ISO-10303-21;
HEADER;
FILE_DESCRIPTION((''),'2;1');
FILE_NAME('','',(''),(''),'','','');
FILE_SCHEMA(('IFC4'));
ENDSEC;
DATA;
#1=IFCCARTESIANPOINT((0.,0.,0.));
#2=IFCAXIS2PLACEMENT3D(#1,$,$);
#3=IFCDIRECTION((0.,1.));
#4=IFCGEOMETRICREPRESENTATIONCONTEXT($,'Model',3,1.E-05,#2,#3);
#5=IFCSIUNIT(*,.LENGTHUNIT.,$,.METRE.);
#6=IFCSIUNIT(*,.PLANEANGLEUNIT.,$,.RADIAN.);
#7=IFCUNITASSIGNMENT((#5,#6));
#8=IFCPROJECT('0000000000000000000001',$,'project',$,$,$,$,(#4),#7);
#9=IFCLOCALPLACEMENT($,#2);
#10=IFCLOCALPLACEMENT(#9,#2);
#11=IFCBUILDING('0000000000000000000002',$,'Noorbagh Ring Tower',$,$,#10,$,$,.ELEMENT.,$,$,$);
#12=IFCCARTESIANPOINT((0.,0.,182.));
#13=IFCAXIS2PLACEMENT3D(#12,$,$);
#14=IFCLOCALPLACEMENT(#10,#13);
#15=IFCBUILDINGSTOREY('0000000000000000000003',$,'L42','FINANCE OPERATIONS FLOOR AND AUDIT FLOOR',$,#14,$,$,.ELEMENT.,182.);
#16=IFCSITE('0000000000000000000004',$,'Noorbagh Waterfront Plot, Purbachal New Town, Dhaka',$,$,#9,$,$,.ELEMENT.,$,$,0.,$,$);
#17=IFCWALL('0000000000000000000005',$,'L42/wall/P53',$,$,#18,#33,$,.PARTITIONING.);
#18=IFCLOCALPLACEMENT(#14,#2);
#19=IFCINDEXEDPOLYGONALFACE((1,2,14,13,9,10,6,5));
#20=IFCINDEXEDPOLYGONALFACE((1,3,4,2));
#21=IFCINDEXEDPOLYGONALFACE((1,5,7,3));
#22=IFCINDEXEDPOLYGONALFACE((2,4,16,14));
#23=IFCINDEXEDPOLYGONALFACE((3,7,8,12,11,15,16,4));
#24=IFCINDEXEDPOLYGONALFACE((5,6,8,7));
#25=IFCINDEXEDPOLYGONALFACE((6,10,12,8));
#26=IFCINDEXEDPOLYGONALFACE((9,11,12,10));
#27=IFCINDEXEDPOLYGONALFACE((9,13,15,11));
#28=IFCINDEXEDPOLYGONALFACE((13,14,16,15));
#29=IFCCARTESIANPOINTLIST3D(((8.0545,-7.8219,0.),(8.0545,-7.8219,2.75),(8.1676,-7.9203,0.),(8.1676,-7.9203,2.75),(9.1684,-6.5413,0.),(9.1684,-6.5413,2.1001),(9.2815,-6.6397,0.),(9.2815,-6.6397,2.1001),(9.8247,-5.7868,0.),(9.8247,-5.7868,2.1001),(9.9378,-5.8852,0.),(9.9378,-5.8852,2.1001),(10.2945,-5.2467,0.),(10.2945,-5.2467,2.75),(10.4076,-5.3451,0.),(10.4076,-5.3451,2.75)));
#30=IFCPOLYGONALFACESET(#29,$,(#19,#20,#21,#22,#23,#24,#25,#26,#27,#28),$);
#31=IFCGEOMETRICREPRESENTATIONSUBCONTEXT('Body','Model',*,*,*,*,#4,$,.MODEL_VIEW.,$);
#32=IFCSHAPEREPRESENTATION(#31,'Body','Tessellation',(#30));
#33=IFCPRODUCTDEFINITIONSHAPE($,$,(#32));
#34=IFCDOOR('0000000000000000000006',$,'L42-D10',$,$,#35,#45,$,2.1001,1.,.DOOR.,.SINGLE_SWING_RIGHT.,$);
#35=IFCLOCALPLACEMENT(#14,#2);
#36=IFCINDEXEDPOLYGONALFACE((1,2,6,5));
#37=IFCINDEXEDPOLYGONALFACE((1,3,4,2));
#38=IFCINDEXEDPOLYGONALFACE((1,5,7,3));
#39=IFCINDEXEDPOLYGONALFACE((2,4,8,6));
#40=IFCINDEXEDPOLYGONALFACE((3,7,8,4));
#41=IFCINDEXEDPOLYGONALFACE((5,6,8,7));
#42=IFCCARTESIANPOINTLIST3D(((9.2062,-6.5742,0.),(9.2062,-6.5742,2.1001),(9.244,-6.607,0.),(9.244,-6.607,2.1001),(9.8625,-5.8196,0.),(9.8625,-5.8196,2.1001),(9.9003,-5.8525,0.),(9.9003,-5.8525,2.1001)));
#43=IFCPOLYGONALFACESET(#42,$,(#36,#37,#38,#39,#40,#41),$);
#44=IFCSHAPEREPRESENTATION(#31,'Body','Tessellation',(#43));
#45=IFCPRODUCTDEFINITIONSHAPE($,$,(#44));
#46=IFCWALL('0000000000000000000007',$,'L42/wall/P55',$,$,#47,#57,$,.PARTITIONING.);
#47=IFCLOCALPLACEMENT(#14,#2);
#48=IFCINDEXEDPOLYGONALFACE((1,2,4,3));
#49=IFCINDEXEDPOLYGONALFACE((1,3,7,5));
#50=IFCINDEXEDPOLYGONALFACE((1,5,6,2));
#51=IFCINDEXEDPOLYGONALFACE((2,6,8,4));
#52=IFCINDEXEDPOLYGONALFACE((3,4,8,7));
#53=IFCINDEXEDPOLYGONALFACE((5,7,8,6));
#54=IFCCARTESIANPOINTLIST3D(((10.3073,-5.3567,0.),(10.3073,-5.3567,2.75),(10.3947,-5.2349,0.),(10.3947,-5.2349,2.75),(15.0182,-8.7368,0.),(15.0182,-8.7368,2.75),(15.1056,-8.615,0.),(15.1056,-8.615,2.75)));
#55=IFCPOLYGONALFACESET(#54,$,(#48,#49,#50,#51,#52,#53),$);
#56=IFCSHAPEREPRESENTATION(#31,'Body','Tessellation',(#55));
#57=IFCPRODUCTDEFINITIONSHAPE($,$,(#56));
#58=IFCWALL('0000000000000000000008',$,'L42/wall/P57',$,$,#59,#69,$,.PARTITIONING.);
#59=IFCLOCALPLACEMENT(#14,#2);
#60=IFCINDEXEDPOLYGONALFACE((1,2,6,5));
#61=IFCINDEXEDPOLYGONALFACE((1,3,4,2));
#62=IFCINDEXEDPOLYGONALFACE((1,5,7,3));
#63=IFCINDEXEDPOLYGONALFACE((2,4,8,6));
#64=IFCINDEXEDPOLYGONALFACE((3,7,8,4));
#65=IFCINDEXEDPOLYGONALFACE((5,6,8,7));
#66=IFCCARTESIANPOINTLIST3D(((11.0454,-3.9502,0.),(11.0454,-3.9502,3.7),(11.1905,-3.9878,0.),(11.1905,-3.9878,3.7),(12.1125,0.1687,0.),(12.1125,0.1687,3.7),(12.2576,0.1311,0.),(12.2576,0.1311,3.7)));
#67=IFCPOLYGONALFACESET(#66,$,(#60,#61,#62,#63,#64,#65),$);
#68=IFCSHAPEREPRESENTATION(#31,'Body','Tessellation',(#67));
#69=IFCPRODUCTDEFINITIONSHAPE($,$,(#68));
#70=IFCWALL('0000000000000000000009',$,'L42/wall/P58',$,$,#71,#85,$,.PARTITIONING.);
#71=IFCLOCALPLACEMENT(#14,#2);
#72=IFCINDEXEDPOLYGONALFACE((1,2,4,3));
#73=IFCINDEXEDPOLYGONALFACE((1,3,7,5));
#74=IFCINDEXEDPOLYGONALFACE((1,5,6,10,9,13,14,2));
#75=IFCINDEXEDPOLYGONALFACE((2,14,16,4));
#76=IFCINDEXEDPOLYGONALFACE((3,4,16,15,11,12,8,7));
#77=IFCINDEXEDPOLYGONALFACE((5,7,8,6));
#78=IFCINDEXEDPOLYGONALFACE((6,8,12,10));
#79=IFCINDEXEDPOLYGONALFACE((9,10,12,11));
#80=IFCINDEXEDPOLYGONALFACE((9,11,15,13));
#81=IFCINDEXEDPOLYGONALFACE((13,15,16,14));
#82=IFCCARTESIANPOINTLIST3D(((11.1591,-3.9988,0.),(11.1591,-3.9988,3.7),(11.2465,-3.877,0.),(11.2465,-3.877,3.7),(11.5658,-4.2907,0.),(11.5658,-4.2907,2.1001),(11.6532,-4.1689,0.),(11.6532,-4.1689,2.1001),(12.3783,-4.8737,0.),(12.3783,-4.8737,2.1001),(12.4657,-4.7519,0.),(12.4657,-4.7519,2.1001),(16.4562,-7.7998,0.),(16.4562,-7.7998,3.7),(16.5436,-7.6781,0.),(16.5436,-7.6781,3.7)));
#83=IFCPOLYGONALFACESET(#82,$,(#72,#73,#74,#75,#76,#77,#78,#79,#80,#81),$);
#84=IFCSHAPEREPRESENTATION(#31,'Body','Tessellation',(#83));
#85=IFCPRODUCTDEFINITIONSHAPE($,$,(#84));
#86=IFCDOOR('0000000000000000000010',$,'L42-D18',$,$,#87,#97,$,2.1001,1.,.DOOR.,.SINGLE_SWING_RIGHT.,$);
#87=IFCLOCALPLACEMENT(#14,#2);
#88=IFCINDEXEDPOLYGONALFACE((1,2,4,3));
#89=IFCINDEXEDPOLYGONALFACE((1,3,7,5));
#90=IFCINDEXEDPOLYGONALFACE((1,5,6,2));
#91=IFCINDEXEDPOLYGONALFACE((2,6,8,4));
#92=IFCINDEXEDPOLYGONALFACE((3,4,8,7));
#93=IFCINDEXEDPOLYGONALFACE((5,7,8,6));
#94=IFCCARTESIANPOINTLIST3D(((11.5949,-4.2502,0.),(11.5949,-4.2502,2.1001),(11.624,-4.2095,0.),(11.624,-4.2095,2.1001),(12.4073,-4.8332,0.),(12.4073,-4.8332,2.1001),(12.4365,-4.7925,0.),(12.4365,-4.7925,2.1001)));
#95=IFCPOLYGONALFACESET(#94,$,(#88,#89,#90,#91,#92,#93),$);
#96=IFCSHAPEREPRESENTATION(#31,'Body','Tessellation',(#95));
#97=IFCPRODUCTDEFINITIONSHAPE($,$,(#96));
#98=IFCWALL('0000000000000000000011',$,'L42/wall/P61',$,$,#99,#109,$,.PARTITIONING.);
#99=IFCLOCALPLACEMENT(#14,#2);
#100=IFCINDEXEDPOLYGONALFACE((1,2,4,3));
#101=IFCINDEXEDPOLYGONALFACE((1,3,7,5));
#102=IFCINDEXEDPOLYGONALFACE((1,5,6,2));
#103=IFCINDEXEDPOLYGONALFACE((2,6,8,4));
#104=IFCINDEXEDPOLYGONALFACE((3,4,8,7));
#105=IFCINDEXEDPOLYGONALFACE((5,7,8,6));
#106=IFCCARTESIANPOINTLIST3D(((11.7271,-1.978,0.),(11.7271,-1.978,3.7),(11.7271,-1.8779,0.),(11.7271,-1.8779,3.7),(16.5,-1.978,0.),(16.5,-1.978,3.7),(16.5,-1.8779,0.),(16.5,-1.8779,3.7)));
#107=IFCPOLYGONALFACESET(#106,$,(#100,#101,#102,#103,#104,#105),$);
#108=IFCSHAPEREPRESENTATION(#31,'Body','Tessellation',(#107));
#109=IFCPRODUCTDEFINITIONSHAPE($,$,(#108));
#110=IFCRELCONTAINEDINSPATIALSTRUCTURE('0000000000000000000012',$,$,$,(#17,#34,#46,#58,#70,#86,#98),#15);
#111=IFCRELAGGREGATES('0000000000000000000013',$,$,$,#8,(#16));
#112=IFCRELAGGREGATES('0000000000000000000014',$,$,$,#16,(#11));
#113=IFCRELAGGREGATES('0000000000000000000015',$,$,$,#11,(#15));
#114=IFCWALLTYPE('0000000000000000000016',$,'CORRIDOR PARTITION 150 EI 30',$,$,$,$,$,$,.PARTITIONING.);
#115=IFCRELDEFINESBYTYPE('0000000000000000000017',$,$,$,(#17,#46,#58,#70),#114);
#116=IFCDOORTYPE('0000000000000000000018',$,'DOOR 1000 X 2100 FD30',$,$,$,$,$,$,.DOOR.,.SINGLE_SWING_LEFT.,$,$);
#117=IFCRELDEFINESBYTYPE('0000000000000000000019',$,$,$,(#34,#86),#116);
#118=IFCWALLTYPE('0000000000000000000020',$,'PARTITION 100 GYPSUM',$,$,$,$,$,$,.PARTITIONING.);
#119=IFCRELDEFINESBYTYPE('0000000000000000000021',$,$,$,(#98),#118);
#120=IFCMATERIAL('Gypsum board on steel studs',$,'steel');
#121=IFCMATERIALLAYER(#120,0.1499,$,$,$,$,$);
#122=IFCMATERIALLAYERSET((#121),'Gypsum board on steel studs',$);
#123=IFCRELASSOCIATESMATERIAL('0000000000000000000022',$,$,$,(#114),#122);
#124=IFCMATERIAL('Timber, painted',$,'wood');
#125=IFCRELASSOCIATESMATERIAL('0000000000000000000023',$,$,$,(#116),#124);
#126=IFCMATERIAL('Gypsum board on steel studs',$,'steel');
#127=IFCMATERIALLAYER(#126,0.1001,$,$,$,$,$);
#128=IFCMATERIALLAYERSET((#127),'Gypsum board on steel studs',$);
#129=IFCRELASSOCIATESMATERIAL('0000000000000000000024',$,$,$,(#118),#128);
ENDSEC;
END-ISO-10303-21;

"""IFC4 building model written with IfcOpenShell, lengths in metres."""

from ifc_helpers import new_model, si_unit, direction, frame, frame_2d, origin, place, context, subcontext, project, spatial, rectangle, extrude, material, layer, layer_set, type_object, element, fill, save


model = new_model("IFC4")

# Units and contexts
model_context = context("Model", 3, precision=1e-05, world=origin(), true_north=direction((0.0, 1.0)))
body_context = subcontext(model_context, "Body", "Model", "MODEL_VIEW")
ifc_project = project(units=[si_unit("LENGTHUNIT", "METRE"), si_unit("PLANEANGLEUNIT", "RADIAN")], contexts=[model_context])

# Site, building, storey
site_placement = place(None, origin())
site = spatial("IfcSite", under=ifc_project, at=site_placement, Name="Noorbagh Waterfront Plot, Purbachal New Town, Dhaka", CompositionType="ELEMENT", RefElevation=0.0)
building_placement = place(site_placement, origin())
building = spatial("IfcBuilding", under=site, at=building_placement, Name="Noorbagh Ring Tower", CompositionType="ELEMENT")
storey_placement = place(building_placement, frame((0.0, 0.0, 182.0)))
storey = spatial("IfcBuildingStorey", under=building, at=storey_placement, Name="L42", Description="FINANCE OPERATIONS FLOOR AND AUDIT FLOOR", CompositionType="ELEMENT", Elevation=182.0)

# Wall, opening, door
ifc_material_1 = material(Name="Gypsum board on steel studs", Category="steel")
ifc_layer_1 = layer(ifc_material_1, 0.1499)
ifc_layer_set_1 = layer_set([ifc_layer_1], Name="Gypsum board on steel studs")
wall_type_1 = type_object("IfcWallType", Name="CORRIDOR PARTITION 150 EI 30", PredefinedType="PARTITIONING", material=ifc_layer_set_1)
wall_1_placement = place(storey_placement, frame((8.1111, -7.8711, 0.0), z_axis=(0.0, 0.0, 1.0), x_axis=(0.656294, 0.754505, 0.0)))
wall_1 = element("IfcWall", 1, at=wall_1_placement, inside=storey, type_object=wall_type_1, Name="L42/wall/P53", PredefinedType="PARTITIONING", context=body_context, shape_type="SweptSolid", body=[
    extrude(rectangle(XDim=3.4131, YDim=0.1499, at=frame_2d((1.7065, 0.0))), origin(), (0.0, 0.0, 1.0), 2.75),
])
opening_1_placement = place(wall_1_placement, frame((1.6973, 0.0, 0.0)))
opening_1 = element("IfcOpeningElement", 2, at=opening_1_placement, cuts=wall_1, PredefinedType="OPENING", context=body_context, shape_type="SweptSolid", body=[
    extrude(rectangle(XDim=1.0, YDim=2.1001, at=frame_2d((0.5, 1.05))), frame((0.0, 0.085, 0.0), z_axis=(0.0, -1.0, 0.0), x_axis=(1.0, 0.0, 0.0)), (0.0, 0.0, 1.0), 0.1699),
])
ifc_material_2 = material(Name="Timber, painted", Category="wood")
door_type = type_object("IfcDoorType", Name="DOOR 1000 X 2100 FD30", OperationType="SINGLE_SWING_LEFT", PredefinedType="DOOR", material=ifc_material_2)
door_1_placement = place(opening_1_placement, origin())
door_1 = element("IfcDoor", 3, at=door_1_placement, inside=storey, type_object=door_type, Name="L42-D10", OperationType="SINGLE_SWING_RIGHT", OverallHeight=2.1001, OverallWidth=1.0, PredefinedType="DOOR", context=body_context, shape_type="SweptSolid", body=[
    extrude(rectangle(XDim=1.0, YDim=2.1001, at=frame_2d((0.5, 1.05))), frame((0.0, 0.0249, 0.0), z_axis=(0.0, -1.0, 0.0), x_axis=(1.0, 0.0, 0.0)), (0.0, 0.0, 1.0), 0.05),
])
fill(opening_1, door_1)

# Walls
wall_2_placement = place(storey_placement, frame((10.3511, -5.2959, 0.0), z_axis=(0.0, 0.0, 1.0), x_axis=(0.812494, -0.58297, 0.0)))
element("IfcWall", 4, at=wall_2_placement, inside=storey, type_object=wall_type_1, Name="L42/wall/P55", PredefinedType="PARTITIONING", context=body_context, shape_type="SweptSolid", body=[
    extrude(rectangle(XDim=5.7981, YDim=0.1499, at=frame_2d((2.8989, 0.0))), origin(), (0.0, 0.0, 1.0), 2.75),
])
wall_3_placement = place(storey_placement, frame((11.1179, -3.969, 0.0), z_axis=(0.0, 0.0, 1.0), x_axis=(0.250803, 0.968038, 0.0)))
element("IfcWall", 5, at=wall_3_placement, inside=storey, type_object=wall_type_1, Name="L42/wall/P57", PredefinedType="PARTITIONING", context=body_context, shape_type="SweptSolid", body=[
    extrude(rectangle(XDim=4.2549, YDim=0.1499, at=frame_2d((2.1274, 0.0))), origin(), (0.0, 0.0, 1.0), 3.7),
])

# Wall, opening, door
wall_4_placement = place(storey_placement, frame((11.2029, -3.938, 0.0), z_axis=(0.0, 0.0, 1.0), x_axis=(0.812472, -0.583001, 0.0)))
wall_4 = element("IfcWall", 6, at=wall_4_placement, inside=storey, type_object=wall_type_1, Name="L42/wall/P58", PredefinedType="PARTITIONING", context=body_context, shape_type="SweptSolid", body=[
    extrude(rectangle(XDim=6.5198, YDim=0.1499, at=frame_2d((3.2598, 0.0))), origin(), (0.0, 0.0, 1.0), 3.7),
])
opening_2_placement = place(wall_4_placement, frame((0.5005, 0.0, 0.0)))
opening_2 = element("IfcOpeningElement", 7, at=opening_2_placement, cuts=wall_4, PredefinedType="OPENING", context=body_context, shape_type="SweptSolid", body=[
    extrude(rectangle(XDim=1.0, YDim=2.1001, at=frame_2d((0.5, 1.05))), frame((0.0, 0.085, 0.0), z_axis=(0.0, -1.0, 0.0), x_axis=(1.0, 0.0, 0.0)), (0.0, 0.0, 1.0), 0.1699),
])
door_2_placement = place(opening_2_placement, origin())
door_2 = element("IfcDoor", 8, at=door_2_placement, inside=storey, type_object=door_type, Name="L42-D18", OperationType="SINGLE_SWING_RIGHT", OverallHeight=2.1001, OverallWidth=1.0, PredefinedType="DOOR", context=body_context, shape_type="SweptSolid", body=[
    extrude(rectangle(XDim=1.0, YDim=2.1001, at=frame_2d((0.5, 1.05))), frame((0.0, 0.0249, 0.0), z_axis=(0.0, -1.0, 0.0), x_axis=(1.0, 0.0, 0.0)), (0.0, 0.0, 1.0), 0.05),
])
fill(opening_2, door_2)

# Wall
ifc_material_3 = material(Name="Gypsum board on steel studs", Category="steel")
ifc_layer_2 = layer(ifc_material_3, 0.1001)
ifc_layer_set_2 = layer_set([ifc_layer_2], Name="Gypsum board on steel studs")
wall_type_2 = type_object("IfcWallType", Name="PARTITION 100 GYPSUM", PredefinedType="PARTITIONING", material=ifc_layer_set_2)
wall_5_placement = place(storey_placement, frame((11.7271, -1.928, 0.0), z_axis=(0.0, 0.0, 1.0), x_axis=(1.0, 0.0, 0.0)))
element("IfcWall", 9, at=wall_5_placement, inside=storey, type_object=wall_type_2, Name="L42/wall/P61", PredefinedType="PARTITIONING", context=body_context, shape_type="SweptSolid", body=[
    extrude(rectangle(XDim=4.7729, YDim=0.1001, at=frame_2d((2.3865, 0.0))), origin(), (0.0, 0.0, 1.0), 3.7),
])

save(model, "model.ifc")
